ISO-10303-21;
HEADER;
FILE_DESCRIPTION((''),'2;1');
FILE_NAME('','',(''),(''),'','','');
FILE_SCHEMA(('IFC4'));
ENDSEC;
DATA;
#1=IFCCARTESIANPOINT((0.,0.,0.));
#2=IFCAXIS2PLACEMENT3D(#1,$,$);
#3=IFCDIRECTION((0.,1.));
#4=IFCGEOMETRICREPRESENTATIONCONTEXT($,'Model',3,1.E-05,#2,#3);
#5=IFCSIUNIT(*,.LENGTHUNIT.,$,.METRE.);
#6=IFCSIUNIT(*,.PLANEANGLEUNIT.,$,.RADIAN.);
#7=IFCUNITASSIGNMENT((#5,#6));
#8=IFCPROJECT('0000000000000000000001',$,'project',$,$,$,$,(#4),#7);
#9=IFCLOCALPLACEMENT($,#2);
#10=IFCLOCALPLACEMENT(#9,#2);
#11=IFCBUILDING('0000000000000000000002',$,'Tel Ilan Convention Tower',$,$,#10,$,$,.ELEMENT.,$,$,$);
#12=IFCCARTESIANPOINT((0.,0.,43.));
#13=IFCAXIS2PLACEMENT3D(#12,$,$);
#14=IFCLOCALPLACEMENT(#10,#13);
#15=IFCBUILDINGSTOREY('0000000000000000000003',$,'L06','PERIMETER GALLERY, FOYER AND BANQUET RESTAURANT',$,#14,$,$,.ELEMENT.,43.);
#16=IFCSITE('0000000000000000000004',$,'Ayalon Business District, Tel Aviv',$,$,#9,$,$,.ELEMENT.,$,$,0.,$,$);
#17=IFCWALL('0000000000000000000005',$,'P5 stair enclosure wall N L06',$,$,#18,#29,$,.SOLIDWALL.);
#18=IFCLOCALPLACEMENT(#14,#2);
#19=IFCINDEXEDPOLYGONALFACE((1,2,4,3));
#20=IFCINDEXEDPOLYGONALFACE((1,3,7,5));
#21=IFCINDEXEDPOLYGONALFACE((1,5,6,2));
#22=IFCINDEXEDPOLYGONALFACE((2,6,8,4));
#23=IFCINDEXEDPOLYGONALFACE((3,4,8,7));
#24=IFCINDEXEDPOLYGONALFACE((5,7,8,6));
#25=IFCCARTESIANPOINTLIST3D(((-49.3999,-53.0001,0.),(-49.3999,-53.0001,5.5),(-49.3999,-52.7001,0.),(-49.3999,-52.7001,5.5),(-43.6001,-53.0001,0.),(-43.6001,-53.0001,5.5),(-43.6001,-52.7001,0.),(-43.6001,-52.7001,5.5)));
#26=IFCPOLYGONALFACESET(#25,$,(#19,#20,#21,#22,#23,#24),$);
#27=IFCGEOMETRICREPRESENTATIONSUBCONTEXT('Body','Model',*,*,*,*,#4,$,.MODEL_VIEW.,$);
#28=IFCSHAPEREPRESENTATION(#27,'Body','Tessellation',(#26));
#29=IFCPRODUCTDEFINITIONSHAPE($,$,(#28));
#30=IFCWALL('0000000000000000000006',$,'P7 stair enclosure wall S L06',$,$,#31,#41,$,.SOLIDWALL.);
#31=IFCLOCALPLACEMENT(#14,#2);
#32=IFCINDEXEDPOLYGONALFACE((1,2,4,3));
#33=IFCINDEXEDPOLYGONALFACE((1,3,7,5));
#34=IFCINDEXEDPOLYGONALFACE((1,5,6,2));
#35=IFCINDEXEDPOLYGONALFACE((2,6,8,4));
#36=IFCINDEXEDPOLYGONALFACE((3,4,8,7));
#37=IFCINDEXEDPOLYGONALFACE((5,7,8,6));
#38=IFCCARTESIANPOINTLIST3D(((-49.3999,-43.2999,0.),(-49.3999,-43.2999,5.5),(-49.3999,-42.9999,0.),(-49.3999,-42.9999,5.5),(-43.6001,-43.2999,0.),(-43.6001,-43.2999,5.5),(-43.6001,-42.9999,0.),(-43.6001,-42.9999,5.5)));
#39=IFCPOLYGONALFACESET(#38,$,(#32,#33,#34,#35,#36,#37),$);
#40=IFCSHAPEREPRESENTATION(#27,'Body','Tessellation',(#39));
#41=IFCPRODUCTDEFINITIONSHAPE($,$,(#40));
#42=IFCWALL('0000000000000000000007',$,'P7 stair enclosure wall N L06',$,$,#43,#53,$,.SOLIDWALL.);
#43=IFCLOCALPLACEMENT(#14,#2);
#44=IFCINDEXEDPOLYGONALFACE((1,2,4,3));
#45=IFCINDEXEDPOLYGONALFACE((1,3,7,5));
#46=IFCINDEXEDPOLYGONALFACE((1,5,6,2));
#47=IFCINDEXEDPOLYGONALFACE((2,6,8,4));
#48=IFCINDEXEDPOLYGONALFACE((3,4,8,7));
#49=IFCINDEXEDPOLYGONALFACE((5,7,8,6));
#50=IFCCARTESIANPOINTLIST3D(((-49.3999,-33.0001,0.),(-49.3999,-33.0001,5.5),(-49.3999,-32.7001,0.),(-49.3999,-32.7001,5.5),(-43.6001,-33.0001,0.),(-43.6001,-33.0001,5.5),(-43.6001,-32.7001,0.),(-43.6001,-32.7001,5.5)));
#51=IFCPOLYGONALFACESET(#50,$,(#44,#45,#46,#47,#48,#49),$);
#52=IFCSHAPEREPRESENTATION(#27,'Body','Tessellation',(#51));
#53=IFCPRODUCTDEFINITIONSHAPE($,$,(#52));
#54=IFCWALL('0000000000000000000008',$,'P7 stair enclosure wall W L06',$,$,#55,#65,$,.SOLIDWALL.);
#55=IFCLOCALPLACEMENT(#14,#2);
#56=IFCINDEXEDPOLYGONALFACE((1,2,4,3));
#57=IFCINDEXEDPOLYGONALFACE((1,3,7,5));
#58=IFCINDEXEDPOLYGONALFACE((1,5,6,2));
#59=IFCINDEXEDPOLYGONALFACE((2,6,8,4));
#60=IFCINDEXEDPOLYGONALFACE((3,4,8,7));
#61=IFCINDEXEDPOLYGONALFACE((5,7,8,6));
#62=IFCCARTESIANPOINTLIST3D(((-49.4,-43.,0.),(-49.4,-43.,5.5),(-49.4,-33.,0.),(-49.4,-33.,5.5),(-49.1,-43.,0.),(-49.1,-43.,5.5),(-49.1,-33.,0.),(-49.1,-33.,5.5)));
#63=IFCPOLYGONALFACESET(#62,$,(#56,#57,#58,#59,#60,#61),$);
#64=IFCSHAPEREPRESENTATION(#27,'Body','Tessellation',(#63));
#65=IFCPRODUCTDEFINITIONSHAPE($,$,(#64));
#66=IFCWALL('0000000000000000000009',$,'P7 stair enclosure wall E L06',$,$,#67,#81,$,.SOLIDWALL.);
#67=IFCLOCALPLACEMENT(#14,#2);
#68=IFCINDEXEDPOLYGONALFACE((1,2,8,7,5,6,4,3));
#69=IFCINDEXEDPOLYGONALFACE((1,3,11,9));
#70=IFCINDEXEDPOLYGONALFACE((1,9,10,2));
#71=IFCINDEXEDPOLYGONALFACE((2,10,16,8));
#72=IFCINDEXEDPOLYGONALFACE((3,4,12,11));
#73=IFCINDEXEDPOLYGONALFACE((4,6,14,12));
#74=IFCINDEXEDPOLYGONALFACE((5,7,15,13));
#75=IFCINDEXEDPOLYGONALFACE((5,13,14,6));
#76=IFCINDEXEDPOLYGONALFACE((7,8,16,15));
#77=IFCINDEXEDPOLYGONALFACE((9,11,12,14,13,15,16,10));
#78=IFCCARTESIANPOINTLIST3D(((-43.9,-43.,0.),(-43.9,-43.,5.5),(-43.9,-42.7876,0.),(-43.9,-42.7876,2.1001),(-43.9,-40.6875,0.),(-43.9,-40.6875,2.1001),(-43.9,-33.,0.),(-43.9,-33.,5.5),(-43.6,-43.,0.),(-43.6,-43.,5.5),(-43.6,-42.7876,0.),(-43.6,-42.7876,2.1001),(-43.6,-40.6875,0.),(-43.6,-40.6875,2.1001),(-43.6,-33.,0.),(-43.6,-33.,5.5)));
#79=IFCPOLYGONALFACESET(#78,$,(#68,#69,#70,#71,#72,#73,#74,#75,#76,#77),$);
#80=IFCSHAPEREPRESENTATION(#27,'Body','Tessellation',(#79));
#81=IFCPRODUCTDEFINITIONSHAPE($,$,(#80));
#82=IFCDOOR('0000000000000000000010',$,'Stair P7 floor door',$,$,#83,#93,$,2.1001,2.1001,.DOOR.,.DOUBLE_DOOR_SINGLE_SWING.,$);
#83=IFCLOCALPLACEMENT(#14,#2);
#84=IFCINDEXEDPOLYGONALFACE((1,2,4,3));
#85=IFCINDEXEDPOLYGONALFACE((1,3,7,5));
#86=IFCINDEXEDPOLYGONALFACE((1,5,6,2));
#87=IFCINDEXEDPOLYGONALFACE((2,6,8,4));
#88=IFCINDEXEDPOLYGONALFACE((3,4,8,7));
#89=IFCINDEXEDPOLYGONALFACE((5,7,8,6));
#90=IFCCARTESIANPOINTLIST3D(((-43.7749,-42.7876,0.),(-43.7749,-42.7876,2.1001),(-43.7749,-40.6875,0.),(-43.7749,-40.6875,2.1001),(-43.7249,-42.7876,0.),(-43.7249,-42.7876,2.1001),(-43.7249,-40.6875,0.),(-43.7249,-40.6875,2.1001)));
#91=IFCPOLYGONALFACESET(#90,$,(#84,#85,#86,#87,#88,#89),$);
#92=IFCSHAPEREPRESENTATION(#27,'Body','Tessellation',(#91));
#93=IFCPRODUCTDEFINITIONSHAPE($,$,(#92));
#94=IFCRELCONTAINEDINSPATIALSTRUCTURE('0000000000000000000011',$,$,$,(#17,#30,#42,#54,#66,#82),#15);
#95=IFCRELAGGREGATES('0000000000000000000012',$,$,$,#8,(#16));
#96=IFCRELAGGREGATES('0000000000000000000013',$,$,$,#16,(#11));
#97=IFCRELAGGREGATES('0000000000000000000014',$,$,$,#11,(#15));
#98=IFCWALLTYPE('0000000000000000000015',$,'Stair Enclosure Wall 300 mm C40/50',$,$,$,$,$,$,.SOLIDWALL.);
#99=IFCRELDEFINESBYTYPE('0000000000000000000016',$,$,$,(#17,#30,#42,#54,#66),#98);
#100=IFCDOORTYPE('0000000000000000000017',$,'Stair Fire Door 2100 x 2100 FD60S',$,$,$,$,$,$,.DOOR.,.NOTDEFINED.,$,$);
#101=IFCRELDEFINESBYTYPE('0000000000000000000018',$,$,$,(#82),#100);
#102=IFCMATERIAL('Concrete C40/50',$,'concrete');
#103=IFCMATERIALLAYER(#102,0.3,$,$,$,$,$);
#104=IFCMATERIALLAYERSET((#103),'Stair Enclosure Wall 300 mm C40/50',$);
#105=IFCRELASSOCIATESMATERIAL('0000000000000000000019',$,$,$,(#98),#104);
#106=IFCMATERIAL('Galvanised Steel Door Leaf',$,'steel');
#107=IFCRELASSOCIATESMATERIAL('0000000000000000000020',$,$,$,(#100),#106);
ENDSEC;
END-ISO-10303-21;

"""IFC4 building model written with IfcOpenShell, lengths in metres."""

from ifc_helpers import new_model, si_unit, direction, frame, frame_2d, origin, place, context, subcontext, project, spatial, rectangle, extrude, material, layer, layer_set, type_object, element, fill, save


model = new_model("IFC4")

# Units and contexts
model_context = context("Model", 3, precision=1e-05, world=origin(), true_north=direction((0.0, 1.0)))
body_context = subcontext(model_context, "Body", "Model", "MODEL_VIEW")
ifc_project = project(units=[si_unit("LENGTHUNIT", "METRE"), si_unit("PLANEANGLEUNIT", "RADIAN")], contexts=[model_context])

# Site, building, storey
site_placement = place(None, origin())
site = spatial("IfcSite", under=ifc_project, at=site_placement, Name="Ayalon Business District, Tel Aviv", CompositionType="ELEMENT", RefElevation=0.0)
building_placement = place(site_placement, origin())
building = spatial("IfcBuilding", under=site, at=building_placement, Name="Tel Ilan Convention Tower", CompositionType="ELEMENT")
storey_placement = place(building_placement, frame((0.0, 0.0, 43.0)))
storey = spatial("IfcBuildingStorey", under=building, at=storey_placement, Name="L06", Description="PERIMETER GALLERY, FOYER AND BANQUET RESTAURANT", CompositionType="ELEMENT", Elevation=43.0)

# Walls
ifc_material_1 = material(Name="Concrete C40/50", Category="concrete")
ifc_layer_1 = layer(ifc_material_1, 0.3)
ifc_layer_set_1 = layer_set([ifc_layer_1], Name="Stair Enclosure Wall 300 mm C40/50")
wall_type_1 = type_object("IfcWallType", Name="Stair Enclosure Wall 300 mm C40/50", PredefinedType="SOLIDWALL", material=ifc_layer_set_1)
for number, where, z_axis, x_axis, name in (
    (1, (-49.3999, -52.8501, 0.0), (0.0, 0.0, 1.0), (1.0, 0.0, 0.0), "P5 stair enclosure wall N L06"),
    (2, (-49.3999, -43.1499, 0.0), (0.0, 0.0, 1.0), (1.0, 0.0, 0.0), "P7 stair enclosure wall S L06"),
    (3, (-49.3999, -32.8501, 0.0), (0.0, 0.0, 1.0), (1.0, 0.0, 0.0), "P7 stair enclosure wall N L06"),
):
    element("IfcWall", number, at=place(storey_placement, frame(where, z_axis=z_axis, x_axis=x_axis)), inside=storey, type_object=wall_type_1, Name=name, PredefinedType="SOLIDWALL", context=body_context, shape_type="SweptSolid", body=[
        extrude(rectangle(XDim=5.7998, YDim=0.3, at=frame_2d((2.8999, 0.0))), origin(), (0.0, 0.0, 1.0), 5.5),
    ])
wall_1_placement = place(storey_placement, frame((-49.25, -43.0, 0.0), z_axis=(0.0, 0.0, 1.0), x_axis=(0.0, 1.0, 0.0)))
element("IfcWall", 4, at=wall_1_placement, inside=storey, type_object=wall_type_1, Name="P7 stair enclosure wall W L06", PredefinedType="SOLIDWALL", context=body_context, shape_type="SweptSolid", body=[
    extrude(rectangle(XDim=10.0, YDim=0.3, at=frame_2d((5.0, 0.0))), origin(), (0.0, 0.0, 1.0), 5.5),
])

# Wall, opening, door
wall_2_placement = place(storey_placement, frame((-43.75, -43.0, 0.0), z_axis=(0.0, 0.0, 1.0), x_axis=(0.0, 1.0, 0.0)))
wall_2 = element("IfcWall", 5, at=wall_2_placement, inside=storey, type_object=wall_type_1, Name="P7 stair enclosure wall E L06", PredefinedType="SOLIDWALL", context=body_context, shape_type="SweptSolid", body=[
    extrude(rectangle(XDim=10.0, YDim=0.3, at=frame_2d((5.0, 0.0))), origin(), (0.0, 0.0, 1.0), 5.5),
])
opening_1_placement = place(wall_2_placement, frame((0.2124, 0.0, 0.0)))
opening_1 = element("IfcOpeningElement", 6, at=opening_1_placement, cuts=wall_2, PredefinedType="OPENING", context=body_context, shape_type="SweptSolid", body=[
    extrude(rectangle(XDim=2.1001, YDim=2.1001, at=frame_2d((1.05, 1.05))), frame((0.0, 0.1599, 0.0), z_axis=(0.0, -1.0, 0.0), x_axis=(1.0, 0.0, 0.0)), (0.0, 0.0, 1.0), 0.3201),
])
ifc_material_2 = material(Name="Galvanised Steel Door Leaf", Category="steel")
door_type_1 = type_object("IfcDoorType", Name="Stair Fire Door 2100 x 2100 FD60S", OperationType="NOTDEFINED", PredefinedType="DOOR", material=ifc_material_2)
door_1_placement = place(opening_1_placement, origin())
door_1 = element("IfcDoor", 7, at=door_1_placement, inside=storey, type_object=door_type_1, Name="Stair P7 floor door", OperationType="DOUBLE_DOOR_SINGLE_SWING", OverallHeight=2.1001, OverallWidth=2.1001, PredefinedType="DOOR", context=body_context, shape_type="SweptSolid", body=[
    extrude(rectangle(XDim=2.1001, YDim=2.1001, at=frame_2d((1.05, 1.05))), frame((0.0, 0.0249, 0.0), z_axis=(0.0, -1.0, 0.0), x_axis=(1.0, 0.0, 0.0)), (0.0, 0.0, 1.0), 0.05),
])
fill(opening_1, door_1)

save(model, "model.ifc")
